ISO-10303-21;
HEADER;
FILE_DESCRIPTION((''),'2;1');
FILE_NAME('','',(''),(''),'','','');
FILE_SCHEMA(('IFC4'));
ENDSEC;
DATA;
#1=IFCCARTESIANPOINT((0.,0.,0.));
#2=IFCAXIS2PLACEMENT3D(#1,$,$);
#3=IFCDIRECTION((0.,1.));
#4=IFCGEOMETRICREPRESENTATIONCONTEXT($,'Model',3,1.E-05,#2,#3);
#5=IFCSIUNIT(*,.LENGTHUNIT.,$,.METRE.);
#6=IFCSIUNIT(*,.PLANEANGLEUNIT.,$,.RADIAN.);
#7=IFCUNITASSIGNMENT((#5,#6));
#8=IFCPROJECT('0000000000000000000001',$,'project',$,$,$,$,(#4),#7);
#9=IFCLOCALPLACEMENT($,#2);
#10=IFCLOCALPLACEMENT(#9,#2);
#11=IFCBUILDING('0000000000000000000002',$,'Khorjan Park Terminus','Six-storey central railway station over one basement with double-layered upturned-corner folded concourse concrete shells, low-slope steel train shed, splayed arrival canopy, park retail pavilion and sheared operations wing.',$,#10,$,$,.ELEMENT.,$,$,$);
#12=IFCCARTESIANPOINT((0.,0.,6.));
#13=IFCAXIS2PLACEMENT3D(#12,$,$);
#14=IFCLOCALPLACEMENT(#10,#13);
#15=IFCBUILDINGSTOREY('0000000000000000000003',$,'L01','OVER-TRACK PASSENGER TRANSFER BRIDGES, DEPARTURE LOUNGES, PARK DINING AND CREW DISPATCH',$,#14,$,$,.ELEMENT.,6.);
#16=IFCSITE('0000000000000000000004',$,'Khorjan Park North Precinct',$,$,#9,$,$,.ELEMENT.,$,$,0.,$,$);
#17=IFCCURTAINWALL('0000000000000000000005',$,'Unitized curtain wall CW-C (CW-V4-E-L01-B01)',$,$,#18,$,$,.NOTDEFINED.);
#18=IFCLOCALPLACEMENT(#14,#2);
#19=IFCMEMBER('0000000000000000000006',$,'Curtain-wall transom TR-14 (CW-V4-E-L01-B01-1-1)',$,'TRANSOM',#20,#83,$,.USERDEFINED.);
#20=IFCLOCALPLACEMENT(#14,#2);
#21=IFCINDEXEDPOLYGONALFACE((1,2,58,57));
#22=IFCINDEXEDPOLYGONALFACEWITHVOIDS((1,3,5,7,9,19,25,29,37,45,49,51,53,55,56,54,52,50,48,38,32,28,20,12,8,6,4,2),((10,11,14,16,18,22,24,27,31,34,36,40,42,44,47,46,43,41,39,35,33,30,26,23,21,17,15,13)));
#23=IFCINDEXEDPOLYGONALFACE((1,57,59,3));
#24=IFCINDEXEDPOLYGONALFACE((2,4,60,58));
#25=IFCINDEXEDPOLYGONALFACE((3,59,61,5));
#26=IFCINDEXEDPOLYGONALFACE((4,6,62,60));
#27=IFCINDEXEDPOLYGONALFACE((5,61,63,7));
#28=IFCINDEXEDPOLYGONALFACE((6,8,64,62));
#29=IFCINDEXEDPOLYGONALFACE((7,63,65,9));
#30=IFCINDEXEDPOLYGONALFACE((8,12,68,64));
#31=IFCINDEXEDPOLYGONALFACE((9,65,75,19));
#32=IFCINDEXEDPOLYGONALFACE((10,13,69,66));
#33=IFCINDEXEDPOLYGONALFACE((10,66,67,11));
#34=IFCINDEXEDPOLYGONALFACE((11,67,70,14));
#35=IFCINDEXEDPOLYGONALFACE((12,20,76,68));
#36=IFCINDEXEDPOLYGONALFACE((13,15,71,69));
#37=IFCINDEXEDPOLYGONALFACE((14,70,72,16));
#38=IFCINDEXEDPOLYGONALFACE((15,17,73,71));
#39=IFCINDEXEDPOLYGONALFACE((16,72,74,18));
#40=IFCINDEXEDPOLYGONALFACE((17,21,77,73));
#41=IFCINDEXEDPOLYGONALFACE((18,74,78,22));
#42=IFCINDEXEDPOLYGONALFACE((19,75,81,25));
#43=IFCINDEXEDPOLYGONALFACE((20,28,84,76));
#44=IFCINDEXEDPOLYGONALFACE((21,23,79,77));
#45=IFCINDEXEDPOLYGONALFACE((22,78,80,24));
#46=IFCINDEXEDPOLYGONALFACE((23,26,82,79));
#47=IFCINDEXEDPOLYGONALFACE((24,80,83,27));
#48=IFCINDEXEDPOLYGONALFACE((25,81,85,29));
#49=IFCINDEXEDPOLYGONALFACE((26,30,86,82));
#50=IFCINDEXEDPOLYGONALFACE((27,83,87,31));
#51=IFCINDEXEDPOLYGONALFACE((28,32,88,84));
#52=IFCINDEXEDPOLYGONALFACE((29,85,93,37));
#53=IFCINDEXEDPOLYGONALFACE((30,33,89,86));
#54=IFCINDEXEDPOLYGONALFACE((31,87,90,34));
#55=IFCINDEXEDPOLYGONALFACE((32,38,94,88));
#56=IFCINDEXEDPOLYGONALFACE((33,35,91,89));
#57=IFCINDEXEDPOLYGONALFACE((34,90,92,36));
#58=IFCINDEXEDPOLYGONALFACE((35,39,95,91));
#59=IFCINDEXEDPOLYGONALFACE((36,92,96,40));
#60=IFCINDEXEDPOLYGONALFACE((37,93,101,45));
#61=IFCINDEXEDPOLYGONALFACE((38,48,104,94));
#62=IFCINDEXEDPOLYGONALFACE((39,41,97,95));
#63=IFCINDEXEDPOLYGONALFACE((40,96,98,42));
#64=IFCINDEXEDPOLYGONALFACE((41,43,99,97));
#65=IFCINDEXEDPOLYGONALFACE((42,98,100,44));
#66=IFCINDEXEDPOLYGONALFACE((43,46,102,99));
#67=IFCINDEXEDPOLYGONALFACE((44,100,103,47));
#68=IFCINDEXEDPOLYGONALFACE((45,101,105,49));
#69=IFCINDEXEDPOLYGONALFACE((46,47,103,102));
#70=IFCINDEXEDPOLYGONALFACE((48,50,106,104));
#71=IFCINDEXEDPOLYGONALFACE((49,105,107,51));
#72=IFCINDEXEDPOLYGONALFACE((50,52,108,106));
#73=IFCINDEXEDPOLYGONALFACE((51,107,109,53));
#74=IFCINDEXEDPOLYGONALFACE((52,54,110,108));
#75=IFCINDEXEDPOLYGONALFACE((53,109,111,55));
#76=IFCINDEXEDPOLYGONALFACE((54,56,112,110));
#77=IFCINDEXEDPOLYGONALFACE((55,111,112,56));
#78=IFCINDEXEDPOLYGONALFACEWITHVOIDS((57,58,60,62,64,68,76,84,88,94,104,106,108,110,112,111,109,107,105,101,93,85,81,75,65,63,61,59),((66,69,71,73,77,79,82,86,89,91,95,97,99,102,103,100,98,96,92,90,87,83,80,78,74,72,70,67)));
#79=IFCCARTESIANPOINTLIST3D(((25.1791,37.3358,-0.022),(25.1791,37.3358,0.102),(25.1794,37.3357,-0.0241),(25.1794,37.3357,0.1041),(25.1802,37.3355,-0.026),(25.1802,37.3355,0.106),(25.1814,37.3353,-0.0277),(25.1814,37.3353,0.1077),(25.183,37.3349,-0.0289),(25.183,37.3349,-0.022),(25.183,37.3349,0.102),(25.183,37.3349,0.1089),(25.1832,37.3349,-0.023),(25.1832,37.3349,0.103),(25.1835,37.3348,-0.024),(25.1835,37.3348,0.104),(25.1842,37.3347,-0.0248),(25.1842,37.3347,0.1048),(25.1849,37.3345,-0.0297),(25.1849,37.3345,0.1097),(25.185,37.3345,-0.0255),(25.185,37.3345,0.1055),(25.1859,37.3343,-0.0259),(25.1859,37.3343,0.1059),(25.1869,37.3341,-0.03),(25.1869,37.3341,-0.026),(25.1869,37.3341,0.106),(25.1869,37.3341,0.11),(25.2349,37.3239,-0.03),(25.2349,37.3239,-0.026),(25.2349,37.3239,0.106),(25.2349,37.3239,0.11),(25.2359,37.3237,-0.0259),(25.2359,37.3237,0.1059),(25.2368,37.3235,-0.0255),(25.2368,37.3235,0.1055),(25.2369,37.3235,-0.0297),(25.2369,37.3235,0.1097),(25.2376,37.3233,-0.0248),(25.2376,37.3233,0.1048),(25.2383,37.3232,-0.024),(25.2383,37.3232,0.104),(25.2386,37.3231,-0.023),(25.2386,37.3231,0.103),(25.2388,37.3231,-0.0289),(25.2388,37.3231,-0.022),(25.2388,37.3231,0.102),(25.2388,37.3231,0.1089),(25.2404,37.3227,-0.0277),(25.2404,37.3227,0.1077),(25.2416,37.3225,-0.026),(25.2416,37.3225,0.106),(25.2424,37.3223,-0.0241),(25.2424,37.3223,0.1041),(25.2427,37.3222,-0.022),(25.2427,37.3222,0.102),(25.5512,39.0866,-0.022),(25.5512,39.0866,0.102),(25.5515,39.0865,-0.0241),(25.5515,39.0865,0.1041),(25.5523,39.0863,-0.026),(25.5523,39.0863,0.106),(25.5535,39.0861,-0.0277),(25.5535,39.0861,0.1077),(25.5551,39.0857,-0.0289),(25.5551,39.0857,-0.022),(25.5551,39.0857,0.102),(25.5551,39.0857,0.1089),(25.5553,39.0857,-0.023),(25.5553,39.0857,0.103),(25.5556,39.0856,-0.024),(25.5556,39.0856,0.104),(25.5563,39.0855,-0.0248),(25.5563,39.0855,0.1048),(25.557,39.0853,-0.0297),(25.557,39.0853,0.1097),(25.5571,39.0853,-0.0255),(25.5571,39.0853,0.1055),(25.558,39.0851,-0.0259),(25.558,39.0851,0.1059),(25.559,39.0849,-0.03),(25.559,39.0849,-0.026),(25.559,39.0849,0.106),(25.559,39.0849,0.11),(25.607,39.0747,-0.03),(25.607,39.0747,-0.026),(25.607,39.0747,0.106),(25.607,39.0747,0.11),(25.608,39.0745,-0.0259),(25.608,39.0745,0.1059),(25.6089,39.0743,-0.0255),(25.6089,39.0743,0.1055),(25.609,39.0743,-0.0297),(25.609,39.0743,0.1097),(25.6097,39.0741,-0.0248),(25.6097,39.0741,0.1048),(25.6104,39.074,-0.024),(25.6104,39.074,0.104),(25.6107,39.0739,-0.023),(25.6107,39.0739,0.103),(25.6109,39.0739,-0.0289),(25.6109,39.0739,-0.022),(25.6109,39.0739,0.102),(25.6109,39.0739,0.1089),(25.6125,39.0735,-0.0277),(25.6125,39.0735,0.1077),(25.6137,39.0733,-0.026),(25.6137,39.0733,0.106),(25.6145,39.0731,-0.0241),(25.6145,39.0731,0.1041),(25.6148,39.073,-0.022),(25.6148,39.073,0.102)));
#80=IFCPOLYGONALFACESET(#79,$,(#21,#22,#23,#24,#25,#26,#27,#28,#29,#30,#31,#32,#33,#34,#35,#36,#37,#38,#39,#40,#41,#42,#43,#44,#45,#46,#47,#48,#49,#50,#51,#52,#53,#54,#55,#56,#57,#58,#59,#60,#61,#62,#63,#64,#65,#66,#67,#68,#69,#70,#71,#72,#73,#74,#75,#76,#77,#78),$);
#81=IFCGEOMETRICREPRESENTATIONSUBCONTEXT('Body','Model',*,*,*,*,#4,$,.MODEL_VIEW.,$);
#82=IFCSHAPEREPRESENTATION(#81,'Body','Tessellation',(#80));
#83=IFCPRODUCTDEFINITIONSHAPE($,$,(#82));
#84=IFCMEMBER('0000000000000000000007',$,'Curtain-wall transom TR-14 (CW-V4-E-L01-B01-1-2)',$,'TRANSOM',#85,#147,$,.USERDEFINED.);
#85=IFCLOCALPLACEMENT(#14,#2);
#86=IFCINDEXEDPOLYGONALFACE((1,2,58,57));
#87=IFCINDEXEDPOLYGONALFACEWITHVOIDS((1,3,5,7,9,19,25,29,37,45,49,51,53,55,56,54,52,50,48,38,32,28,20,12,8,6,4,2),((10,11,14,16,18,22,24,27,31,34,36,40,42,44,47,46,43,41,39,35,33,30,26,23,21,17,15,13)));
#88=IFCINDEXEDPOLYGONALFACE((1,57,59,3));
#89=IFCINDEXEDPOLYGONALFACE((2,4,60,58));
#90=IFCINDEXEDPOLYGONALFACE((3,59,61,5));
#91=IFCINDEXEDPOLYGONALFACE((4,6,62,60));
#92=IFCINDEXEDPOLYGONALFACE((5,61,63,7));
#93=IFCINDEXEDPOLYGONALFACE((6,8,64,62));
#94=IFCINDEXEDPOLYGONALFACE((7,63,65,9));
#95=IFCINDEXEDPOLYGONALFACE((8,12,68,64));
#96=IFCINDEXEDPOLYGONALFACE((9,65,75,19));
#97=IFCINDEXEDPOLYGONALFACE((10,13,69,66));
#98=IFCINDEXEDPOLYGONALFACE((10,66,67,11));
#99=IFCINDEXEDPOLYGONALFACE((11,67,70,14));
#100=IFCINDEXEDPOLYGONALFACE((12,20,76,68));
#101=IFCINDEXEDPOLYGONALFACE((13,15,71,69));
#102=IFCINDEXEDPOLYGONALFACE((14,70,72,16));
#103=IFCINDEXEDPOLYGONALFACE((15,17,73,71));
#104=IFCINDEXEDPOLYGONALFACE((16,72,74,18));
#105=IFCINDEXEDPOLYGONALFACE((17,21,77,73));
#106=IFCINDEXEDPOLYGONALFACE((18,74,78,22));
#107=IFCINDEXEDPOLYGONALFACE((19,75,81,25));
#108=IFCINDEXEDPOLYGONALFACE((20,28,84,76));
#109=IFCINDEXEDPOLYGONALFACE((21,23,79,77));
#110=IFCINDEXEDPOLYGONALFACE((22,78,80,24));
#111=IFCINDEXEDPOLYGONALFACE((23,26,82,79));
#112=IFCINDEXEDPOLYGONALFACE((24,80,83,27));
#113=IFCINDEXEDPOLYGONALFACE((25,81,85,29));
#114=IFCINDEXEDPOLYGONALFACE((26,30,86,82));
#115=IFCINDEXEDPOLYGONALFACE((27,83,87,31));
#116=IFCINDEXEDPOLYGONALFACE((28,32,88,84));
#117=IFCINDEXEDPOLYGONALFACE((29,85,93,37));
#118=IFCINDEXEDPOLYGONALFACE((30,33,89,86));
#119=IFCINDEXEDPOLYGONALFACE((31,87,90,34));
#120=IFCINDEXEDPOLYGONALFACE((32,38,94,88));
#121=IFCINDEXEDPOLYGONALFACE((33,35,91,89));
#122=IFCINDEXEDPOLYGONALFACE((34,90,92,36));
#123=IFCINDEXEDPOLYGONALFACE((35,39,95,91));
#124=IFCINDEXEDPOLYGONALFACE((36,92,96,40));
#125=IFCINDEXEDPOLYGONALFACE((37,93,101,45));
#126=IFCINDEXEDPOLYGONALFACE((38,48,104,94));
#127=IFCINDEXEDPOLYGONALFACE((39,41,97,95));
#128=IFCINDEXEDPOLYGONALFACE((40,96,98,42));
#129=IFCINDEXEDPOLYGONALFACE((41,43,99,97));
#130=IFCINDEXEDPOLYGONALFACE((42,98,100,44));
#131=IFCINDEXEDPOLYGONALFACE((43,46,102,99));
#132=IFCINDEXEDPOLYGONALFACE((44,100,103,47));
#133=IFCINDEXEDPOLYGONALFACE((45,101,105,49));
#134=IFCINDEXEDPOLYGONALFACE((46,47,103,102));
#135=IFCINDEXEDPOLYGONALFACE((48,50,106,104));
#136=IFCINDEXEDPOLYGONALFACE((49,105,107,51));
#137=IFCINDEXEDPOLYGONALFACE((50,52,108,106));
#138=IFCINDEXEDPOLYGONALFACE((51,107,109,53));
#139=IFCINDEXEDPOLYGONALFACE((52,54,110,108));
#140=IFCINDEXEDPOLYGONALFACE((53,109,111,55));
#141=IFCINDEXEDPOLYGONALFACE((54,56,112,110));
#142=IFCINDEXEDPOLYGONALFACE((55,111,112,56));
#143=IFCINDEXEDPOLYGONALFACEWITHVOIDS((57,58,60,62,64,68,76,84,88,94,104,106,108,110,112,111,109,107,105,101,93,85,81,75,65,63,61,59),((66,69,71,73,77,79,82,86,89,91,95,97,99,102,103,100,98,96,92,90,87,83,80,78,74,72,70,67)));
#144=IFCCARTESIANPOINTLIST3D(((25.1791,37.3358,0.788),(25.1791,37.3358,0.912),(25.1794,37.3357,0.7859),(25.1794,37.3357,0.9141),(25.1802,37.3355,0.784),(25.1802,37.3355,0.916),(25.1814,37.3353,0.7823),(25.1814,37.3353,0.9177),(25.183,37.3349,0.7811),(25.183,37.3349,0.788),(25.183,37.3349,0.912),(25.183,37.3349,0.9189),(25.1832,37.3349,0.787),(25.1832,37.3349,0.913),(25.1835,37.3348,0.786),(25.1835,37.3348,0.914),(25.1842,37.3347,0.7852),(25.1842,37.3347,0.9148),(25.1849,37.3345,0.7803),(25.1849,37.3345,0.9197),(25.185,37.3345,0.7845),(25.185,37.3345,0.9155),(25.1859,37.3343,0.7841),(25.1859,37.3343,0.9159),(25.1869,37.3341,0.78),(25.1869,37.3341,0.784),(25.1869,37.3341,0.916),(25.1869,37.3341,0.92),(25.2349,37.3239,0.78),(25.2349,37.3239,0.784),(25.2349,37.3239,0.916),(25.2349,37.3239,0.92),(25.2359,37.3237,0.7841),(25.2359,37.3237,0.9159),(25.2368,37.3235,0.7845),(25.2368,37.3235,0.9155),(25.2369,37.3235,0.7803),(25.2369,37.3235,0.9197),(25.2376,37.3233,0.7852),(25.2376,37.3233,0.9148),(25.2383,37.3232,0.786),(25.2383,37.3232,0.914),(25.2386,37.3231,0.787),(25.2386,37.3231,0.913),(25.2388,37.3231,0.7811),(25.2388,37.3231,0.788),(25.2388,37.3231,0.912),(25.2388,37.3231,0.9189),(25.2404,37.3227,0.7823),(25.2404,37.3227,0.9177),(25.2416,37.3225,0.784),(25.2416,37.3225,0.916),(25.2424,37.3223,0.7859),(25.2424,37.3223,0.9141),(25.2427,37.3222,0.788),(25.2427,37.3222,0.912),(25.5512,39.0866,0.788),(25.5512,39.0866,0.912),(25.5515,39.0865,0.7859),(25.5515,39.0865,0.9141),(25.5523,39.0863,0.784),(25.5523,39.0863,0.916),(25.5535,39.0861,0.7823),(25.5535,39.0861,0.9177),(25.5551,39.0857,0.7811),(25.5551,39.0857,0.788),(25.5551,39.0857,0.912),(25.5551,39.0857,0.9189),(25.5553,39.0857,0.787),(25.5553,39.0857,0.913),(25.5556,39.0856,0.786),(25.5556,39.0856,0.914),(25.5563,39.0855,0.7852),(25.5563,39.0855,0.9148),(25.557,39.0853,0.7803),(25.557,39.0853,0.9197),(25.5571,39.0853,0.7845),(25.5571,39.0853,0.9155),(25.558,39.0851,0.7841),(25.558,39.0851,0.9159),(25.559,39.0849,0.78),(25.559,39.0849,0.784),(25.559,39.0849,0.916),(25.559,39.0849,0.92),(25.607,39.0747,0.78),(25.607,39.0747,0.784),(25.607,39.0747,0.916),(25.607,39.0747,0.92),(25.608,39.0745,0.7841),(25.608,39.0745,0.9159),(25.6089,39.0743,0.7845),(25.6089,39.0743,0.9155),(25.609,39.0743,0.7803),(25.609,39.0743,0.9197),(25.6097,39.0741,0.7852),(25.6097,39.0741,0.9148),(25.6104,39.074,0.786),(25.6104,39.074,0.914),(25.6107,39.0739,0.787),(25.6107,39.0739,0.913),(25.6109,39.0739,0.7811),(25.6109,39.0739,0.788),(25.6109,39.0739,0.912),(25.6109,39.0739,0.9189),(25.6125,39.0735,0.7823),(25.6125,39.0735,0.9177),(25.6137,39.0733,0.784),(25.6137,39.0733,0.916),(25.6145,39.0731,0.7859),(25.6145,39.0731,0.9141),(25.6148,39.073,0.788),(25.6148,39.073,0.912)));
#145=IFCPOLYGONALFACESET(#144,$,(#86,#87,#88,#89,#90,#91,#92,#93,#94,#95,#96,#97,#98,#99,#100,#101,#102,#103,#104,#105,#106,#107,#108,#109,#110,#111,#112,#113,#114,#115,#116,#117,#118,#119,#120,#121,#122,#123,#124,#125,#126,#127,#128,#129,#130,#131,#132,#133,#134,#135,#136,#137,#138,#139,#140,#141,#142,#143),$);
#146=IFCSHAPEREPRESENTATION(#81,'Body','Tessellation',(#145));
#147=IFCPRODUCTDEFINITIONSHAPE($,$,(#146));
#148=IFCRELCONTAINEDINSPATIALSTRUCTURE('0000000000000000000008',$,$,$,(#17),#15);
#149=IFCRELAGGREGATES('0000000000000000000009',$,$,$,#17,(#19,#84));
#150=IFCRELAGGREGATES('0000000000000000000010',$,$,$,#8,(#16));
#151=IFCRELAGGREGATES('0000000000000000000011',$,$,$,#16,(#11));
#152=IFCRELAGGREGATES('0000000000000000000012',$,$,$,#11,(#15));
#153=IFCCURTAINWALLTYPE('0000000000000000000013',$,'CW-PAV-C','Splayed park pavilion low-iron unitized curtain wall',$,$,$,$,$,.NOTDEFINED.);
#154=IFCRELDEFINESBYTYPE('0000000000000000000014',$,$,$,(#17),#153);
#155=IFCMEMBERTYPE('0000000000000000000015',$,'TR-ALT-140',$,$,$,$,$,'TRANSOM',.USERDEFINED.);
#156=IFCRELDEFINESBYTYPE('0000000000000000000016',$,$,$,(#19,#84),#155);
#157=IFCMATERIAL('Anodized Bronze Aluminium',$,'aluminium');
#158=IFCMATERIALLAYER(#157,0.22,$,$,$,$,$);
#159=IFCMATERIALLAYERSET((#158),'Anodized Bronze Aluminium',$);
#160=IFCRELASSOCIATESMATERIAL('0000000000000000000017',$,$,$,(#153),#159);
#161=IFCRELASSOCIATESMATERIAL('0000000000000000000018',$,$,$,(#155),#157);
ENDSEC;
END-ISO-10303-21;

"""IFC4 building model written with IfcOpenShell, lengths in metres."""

from ifc_helpers import new_model, si_unit, direction, frame, origin, origin_2d, place, context, subcontext, project, spatial, hollow_rectangle, extrude, material, layer, layer_set, material_profile, profile_set, type_object, element, aggregate, save


model = new_model("IFC4")

# Units and contexts
model_context = context("Model", 3, precision=1e-05, world=origin(), true_north=direction((0.0, 1.0)))
body_context = subcontext(model_context, "Body", "Model", "MODEL_VIEW")
ifc_project = project(units=[si_unit("LENGTHUNIT", "METRE"), si_unit("PLANEANGLEUNIT", "RADIAN")], contexts=[model_context])

# Site, building, storey
site_placement = place(None, origin())
site = spatial("IfcSite", under=ifc_project, at=site_placement, Name="Khorjan Park North Precinct", CompositionType="ELEMENT", RefElevation=0.0)
building_placement = place(site_placement, origin())
building = spatial("IfcBuilding", under=site, at=building_placement, Name="Khorjan Park Terminus", Description="Six-storey central railway station over one basement with double-layered upturned-corner folded concourse concrete shells, low-slope steel train shed, splayed arrival canopy, park retail pavilion and sheared operations wing.", CompositionType="ELEMENT")
storey_placement = place(building_placement, frame((0.0, 0.0, 6.0)))
storey = spatial("IfcBuildingStorey", under=building, at=storey_placement, Name="L01", Description="OVER-TRACK PASSENGER TRANSFER BRIDGES, DEPARTURE LOUNGES, PARK DINING AND CREW DISPATCH", CompositionType="ELEMENT", Elevation=6.0)

# Curtain wall
ifc_material_1 = material(Name="Anodized Bronze Aluminium", Category="aluminium")
ifc_layer_1 = layer(ifc_material_1, 0.22)
ifc_layer_set_1 = layer_set([ifc_layer_1], Name="Anodized Bronze Aluminium")
curtain_wall_type = type_object("IfcCurtainWallType", Name="CW-PAV-C", Description="Splayed park pavilion low-iron unitized curtain wall", PredefinedType="NOTDEFINED", material=ifc_layer_set_1)
curtain_wall_1_placement = place(storey_placement, origin())
curtain_wall_1 = element("IfcCurtainWall", 1, at=curtain_wall_1_placement, inside=storey, type_object=curtain_wall_type, Name="Unitized curtain wall CW-C (CW-V4-E-L01-B01)", PredefinedType="NOTDEFINED")

# Members
ifc_material_profile_1 = material_profile(ifc_material_1, hollow_rectangle(XDim=0.065, YDim=0.14, WallThickness=0.004, InnerFilletRadius=0.004, OuterFilletRadius=0.008, at=origin_2d()), Name="ALT 65x140x4")
ifc_profile_set_1 = profile_set([ifc_material_profile_1], Name="Anodized Bronze Aluminium")
member_type_1 = type_object("IfcMemberType", Name="TR-ALT-140", ElementType="TRANSOM", PredefinedType="USERDEFINED", material=ifc_profile_set_1)
member_1_placement = place(storey_placement, frame((25.2109, 37.329, 0.04), z_axis=(0.207888, 0.978153, 0.0), x_axis=(-0.978153, 0.207888, 0.0)))
member_1 = element("IfcMember", 2, at=member_1_placement, type_object=member_type_1, Name="Curtain-wall transom TR-14 (CW-V4-E-L01-B01-1-1)", ObjectType="TRANSOM", PredefinedType="USERDEFINED", context=body_context, shape_type="SweptSolid", body=[
    extrude(hollow_rectangle(XDim=0.065, YDim=0.14, WallThickness=0.004, InnerFilletRadius=0.004, OuterFilletRadius=0.008, at=origin_2d()), origin(), (0.0, 0.0, 1.0), 1.7899),
])
member_2_placement = place(storey_placement, frame((25.2109, 37.329, 0.85), z_axis=(0.207888, 0.978153, 0.0), x_axis=(-0.978153, 0.207888, 0.0)))
member_2 = element("IfcMember", 3, at=member_2_placement, type_object=member_type_1, Name="Curtain-wall transom TR-14 (CW-V4-E-L01-B01-1-2)", ObjectType="TRANSOM", PredefinedType="USERDEFINED", context=body_context, shape_type="SweptSolid", body=[
    extrude(hollow_rectangle(XDim=0.065, YDim=0.14, WallThickness=0.004, InnerFilletRadius=0.004, OuterFilletRadius=0.008, at=origin_2d()), origin(), (0.0, 0.0, 1.0), 1.7899),
])

aggregate(curtain_wall_1, [member_1, member_2])

save(model, "model.ifc")
